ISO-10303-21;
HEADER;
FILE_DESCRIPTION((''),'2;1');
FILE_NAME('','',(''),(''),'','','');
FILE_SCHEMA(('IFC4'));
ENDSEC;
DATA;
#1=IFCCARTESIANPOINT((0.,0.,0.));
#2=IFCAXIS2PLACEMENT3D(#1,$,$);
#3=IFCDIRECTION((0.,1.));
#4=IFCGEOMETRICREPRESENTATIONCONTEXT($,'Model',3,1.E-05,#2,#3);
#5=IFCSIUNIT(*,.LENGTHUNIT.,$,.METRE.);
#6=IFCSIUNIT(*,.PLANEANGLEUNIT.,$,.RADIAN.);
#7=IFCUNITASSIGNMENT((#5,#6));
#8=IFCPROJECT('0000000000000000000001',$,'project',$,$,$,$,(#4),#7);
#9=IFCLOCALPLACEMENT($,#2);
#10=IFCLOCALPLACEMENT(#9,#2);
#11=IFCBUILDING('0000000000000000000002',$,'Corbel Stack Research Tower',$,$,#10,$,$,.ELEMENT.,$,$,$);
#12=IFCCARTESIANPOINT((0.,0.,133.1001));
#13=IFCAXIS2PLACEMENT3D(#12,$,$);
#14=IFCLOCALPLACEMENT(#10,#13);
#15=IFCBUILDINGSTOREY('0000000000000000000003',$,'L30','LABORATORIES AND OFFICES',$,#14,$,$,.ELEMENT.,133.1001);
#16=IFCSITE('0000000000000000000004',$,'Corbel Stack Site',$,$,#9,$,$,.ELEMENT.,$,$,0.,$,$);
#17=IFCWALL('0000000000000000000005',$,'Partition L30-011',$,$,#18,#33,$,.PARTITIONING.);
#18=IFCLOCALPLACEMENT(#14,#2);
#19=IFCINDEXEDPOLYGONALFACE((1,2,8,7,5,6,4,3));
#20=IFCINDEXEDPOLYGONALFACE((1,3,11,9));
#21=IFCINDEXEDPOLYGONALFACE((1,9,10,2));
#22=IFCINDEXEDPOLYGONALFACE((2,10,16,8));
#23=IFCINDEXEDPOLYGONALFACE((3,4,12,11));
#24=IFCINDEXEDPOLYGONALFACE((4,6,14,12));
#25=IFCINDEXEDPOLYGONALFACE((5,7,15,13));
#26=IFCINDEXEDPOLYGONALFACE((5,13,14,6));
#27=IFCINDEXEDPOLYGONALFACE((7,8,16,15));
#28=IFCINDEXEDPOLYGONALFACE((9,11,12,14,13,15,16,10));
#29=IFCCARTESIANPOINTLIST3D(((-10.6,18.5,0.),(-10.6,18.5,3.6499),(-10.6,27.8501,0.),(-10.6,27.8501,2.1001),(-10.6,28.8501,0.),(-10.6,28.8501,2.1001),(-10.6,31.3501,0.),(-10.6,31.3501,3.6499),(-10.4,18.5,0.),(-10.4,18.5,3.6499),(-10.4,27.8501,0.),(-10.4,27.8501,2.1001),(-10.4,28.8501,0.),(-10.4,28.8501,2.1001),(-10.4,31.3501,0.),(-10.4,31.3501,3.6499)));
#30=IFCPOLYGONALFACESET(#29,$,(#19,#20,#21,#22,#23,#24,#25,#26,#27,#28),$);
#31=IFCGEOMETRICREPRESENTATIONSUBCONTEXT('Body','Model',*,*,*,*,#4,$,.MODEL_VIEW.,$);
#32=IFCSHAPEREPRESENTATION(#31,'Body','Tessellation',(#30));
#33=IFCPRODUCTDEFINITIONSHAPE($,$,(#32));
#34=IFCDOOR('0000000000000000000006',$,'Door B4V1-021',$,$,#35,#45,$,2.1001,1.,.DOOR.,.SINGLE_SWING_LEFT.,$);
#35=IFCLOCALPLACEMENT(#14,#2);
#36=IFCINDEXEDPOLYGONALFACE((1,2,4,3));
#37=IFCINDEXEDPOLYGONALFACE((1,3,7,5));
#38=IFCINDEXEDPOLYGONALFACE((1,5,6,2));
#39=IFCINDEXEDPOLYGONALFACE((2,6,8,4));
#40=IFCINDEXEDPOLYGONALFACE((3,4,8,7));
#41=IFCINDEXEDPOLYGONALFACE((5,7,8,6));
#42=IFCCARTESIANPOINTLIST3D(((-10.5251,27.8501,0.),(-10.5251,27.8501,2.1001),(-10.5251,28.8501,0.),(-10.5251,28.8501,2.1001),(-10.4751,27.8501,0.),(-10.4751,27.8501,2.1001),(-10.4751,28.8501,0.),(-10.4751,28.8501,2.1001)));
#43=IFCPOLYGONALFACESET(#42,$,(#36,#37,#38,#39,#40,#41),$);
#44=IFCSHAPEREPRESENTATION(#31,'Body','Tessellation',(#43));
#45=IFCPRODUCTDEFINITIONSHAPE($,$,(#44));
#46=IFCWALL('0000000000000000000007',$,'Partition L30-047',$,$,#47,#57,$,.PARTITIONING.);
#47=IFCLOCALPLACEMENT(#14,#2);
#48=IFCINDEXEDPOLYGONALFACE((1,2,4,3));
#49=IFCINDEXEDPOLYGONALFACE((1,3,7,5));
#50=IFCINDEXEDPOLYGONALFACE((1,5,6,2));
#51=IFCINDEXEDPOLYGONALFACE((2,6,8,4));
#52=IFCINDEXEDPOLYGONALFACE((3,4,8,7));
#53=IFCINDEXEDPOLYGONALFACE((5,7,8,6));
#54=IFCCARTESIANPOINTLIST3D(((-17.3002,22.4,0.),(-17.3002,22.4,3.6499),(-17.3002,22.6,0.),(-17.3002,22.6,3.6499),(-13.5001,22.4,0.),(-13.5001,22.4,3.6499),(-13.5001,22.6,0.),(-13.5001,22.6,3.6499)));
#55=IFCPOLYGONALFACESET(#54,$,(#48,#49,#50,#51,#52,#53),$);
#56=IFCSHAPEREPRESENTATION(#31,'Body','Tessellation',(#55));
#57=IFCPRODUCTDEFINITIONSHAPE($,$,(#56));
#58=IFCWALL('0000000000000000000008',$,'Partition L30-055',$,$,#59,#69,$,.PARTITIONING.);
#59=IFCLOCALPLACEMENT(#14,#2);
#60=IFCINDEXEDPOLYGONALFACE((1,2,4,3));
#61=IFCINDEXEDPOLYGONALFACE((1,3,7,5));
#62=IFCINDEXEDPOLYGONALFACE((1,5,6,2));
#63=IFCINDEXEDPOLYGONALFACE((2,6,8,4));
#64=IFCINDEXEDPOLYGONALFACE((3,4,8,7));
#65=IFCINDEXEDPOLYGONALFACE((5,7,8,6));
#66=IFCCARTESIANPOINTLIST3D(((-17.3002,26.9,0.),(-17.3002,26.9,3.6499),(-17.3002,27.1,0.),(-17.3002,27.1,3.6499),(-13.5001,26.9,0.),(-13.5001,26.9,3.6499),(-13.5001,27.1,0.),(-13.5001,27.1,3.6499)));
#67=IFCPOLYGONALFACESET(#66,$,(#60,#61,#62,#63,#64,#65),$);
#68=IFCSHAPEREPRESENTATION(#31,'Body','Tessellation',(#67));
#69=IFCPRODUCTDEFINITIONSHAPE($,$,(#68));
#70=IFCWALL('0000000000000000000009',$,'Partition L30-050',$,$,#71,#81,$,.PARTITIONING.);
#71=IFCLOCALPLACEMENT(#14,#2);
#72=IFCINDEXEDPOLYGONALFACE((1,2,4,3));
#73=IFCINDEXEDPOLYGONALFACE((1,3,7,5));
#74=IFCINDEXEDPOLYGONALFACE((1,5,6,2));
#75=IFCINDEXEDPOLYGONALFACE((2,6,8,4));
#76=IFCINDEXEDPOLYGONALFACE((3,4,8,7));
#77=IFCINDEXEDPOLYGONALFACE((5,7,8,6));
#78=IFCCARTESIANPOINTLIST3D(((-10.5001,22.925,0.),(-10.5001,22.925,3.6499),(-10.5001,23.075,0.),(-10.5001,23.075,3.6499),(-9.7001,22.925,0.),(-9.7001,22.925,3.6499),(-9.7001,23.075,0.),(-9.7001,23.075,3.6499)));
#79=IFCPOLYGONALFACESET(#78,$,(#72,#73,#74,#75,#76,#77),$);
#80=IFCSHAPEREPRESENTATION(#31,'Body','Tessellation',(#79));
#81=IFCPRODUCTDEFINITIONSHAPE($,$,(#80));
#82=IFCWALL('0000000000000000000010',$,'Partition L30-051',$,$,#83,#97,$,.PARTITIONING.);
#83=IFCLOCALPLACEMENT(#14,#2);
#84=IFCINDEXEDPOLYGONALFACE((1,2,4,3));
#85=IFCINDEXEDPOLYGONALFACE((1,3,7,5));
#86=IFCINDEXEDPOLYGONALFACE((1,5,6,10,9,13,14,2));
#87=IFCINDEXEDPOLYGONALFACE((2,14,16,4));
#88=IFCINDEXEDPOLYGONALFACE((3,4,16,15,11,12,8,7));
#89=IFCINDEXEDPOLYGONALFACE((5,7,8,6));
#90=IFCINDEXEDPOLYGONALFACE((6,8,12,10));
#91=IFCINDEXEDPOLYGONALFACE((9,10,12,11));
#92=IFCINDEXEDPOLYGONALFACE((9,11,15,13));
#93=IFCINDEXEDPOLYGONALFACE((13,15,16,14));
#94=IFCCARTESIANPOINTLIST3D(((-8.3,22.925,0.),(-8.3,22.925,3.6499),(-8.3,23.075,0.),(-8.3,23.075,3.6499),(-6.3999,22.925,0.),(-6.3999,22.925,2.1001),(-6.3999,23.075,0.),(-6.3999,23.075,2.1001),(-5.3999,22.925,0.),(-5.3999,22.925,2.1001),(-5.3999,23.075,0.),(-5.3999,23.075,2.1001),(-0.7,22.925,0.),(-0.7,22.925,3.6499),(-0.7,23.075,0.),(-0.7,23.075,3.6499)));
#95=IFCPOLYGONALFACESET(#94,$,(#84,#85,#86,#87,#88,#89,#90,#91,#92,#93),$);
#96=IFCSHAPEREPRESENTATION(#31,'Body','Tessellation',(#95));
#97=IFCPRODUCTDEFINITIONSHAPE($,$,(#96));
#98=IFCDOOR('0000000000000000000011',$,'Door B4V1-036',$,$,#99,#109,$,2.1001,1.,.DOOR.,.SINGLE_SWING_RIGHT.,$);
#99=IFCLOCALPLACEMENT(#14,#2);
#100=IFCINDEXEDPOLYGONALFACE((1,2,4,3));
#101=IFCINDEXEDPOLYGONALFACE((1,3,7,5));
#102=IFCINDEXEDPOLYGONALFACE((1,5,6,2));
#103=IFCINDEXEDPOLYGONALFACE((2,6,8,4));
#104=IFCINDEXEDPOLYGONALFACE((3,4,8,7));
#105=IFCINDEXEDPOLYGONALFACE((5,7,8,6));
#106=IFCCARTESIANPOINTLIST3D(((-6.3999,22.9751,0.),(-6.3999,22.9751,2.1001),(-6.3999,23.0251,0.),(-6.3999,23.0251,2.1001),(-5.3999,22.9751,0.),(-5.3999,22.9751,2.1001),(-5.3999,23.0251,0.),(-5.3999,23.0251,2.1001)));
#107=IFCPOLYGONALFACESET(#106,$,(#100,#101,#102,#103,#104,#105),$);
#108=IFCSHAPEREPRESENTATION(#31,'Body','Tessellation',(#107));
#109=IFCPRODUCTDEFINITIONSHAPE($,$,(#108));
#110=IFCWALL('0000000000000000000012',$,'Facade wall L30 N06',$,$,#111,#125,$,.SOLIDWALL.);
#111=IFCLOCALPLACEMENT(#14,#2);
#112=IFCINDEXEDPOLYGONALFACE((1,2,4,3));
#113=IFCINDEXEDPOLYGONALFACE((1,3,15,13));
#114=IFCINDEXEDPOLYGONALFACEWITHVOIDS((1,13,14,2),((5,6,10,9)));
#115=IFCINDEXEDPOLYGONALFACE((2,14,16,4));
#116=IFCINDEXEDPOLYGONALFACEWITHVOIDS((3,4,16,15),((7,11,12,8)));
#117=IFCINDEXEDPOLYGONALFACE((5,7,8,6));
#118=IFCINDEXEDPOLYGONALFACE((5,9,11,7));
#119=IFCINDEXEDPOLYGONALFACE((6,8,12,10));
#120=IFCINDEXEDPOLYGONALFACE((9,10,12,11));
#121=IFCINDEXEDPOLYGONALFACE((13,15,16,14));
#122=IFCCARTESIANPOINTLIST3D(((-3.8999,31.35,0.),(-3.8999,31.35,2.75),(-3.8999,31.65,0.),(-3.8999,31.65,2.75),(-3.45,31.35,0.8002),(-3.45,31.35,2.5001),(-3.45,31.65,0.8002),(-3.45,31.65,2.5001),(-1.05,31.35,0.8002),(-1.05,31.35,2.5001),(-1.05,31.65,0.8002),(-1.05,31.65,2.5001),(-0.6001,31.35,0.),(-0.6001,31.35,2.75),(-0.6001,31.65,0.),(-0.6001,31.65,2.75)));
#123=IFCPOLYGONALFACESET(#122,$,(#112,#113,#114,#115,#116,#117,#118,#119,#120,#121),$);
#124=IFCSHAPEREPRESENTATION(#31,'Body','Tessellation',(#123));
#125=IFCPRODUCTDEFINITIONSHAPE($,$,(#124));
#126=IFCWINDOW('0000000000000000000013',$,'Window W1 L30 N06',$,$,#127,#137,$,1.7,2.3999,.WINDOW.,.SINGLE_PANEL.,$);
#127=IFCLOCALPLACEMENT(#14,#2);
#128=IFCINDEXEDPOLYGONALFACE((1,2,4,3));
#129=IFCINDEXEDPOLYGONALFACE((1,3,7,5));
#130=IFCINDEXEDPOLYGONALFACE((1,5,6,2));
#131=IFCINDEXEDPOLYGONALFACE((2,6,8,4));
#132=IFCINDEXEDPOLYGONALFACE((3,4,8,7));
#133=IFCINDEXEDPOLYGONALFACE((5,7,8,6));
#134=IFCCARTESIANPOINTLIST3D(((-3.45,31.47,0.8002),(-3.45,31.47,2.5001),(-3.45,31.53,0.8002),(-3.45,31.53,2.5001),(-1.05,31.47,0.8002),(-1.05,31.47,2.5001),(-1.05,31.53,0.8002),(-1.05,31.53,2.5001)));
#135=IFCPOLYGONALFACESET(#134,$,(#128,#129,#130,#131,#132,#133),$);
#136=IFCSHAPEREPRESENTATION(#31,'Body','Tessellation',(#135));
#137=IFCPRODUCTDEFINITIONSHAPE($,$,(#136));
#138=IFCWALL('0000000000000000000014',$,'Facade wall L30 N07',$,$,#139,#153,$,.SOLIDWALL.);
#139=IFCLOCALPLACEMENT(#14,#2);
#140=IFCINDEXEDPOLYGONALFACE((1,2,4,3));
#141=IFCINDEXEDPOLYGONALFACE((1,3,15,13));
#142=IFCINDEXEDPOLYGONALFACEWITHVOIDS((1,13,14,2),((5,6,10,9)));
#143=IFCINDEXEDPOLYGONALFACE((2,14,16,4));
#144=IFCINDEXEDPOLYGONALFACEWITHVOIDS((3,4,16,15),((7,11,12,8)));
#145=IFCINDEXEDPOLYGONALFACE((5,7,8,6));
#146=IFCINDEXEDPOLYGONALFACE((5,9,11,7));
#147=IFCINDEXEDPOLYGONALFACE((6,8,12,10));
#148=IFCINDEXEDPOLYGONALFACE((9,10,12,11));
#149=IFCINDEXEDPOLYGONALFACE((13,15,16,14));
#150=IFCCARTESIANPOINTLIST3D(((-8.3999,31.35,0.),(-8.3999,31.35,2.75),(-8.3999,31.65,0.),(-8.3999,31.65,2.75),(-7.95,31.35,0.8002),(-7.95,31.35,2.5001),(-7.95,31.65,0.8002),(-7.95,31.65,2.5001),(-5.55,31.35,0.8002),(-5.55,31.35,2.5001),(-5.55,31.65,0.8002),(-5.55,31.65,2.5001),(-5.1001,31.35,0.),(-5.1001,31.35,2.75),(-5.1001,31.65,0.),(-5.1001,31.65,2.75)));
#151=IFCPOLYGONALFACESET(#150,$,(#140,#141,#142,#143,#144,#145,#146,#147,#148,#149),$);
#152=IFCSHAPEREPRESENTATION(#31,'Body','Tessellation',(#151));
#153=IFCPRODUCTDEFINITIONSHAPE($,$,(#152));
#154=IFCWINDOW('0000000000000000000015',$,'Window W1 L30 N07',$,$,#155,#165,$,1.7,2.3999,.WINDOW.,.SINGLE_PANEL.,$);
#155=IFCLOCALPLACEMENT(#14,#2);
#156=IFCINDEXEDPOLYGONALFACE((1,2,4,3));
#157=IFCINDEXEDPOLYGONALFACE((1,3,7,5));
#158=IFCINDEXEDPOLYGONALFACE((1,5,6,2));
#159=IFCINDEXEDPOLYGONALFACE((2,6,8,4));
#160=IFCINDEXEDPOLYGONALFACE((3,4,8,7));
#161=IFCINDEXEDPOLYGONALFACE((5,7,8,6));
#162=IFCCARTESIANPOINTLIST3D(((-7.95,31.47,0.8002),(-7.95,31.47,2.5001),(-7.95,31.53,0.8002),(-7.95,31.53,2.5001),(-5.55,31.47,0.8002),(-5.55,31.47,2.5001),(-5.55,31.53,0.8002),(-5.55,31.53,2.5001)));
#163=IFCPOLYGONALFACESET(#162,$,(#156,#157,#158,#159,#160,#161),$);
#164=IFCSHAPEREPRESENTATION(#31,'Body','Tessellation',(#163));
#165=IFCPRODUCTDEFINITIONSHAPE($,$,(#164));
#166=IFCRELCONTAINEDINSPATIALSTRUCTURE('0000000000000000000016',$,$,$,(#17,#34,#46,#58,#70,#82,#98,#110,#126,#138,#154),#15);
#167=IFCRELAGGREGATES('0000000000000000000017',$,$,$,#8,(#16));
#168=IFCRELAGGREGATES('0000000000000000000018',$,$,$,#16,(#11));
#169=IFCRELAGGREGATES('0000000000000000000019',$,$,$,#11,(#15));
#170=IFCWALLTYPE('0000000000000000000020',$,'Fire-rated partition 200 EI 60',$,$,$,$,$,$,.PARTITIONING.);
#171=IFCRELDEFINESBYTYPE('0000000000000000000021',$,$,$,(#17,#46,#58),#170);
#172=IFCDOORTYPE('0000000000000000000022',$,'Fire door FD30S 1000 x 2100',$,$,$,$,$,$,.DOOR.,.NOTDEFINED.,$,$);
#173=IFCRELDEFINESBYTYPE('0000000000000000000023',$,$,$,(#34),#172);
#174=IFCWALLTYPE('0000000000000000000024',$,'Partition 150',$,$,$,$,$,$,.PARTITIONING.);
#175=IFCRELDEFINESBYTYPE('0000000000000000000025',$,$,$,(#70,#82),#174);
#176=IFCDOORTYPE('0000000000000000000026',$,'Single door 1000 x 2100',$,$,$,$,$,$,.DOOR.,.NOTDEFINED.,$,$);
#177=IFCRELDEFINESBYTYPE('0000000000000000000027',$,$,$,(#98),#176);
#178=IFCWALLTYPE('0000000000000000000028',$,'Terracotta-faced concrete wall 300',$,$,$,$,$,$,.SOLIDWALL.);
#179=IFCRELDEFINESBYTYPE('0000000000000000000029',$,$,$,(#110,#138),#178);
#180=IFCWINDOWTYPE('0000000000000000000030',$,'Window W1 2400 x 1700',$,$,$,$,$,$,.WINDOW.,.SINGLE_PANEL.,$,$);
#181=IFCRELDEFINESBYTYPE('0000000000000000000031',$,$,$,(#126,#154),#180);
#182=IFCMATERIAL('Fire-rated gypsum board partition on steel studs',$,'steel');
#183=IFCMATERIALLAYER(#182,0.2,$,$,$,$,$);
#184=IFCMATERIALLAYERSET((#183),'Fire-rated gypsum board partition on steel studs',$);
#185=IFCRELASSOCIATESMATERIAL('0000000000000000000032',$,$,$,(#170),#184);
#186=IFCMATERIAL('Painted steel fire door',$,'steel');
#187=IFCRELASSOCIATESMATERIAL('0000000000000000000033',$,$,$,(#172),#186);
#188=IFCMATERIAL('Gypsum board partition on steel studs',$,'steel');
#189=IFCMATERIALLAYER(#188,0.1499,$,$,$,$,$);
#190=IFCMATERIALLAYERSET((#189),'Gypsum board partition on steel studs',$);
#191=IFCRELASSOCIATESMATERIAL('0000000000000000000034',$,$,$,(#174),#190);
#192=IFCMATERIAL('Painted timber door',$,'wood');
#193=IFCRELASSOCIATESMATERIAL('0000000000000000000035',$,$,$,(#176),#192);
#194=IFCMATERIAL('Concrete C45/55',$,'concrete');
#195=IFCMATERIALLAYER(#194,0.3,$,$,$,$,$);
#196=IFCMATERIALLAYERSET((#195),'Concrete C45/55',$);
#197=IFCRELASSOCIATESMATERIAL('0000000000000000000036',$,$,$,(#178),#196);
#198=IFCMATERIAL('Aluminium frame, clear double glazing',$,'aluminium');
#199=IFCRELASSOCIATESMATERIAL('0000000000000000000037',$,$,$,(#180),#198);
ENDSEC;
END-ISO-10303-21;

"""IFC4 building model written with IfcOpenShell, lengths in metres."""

from ifc_helpers import new_model, si_unit, direction, frame, frame_2d, origin, place, context, subcontext, project, spatial, rectangle, extrude, material, layer, layer_set, type_object, element, fill, save


model = new_model("IFC4")

# Units and contexts
model_context = context("Model", 3, precision=1e-05, world=origin(), true_north=direction((0.0, 1.0)))
body_context = subcontext(model_context, "Body", "Model", "MODEL_VIEW")
ifc_project = project(units=[si_unit("LENGTHUNIT", "METRE"), si_unit("PLANEANGLEUNIT", "RADIAN")], contexts=[model_context])

# Site, building, storey
site_placement = place(None, origin())
site = spatial("IfcSite", under=ifc_project, at=site_placement, Name="Corbel Stack Site", CompositionType="ELEMENT", RefElevation=0.0)
building_placement = place(site_placement, origin())
building = spatial("IfcBuilding", under=site, at=building_placement, Name="Corbel Stack Research Tower", CompositionType="ELEMENT")
storey_placement = place(building_placement, frame((0.0, 0.0, 133.1001)))
storey = spatial("IfcBuildingStorey", under=building, at=storey_placement, Name="L30", Description="LABORATORIES AND OFFICES", CompositionType="ELEMENT", Elevation=133.1001)

# Wall, opening, door
ifc_material_1 = material(Name="Fire-rated gypsum board partition on steel studs", Category="steel")
ifc_layer_1 = layer(ifc_material_1, 0.2)
ifc_layer_set_1 = layer_set([ifc_layer_1], Name="Fire-rated gypsum board partition on steel studs")
wall_type_1 = type_object("IfcWallType", Name="Fire-rated partition 200 EI 60", PredefinedType="PARTITIONING", material=ifc_layer_set_1)
wall_1_placement = place(storey_placement, frame((-10.5, 31.3501, 0.0), z_axis=(0.0, 0.0, 1.0), x_axis=(0.0, -1.0, 0.0)))
wall_1 = element("IfcWall", 1, at=wall_1_placement, inside=storey, type_object=wall_type_1, Name="Partition L30-011", PredefinedType="PARTITIONING", context=body_context, shape_type="SweptSolid", body=[
    extrude(rectangle(XDim=12.8501, YDim=0.2, at=frame_2d((6.425, 0.0))), origin(), (0.0, 0.0, 1.0), 3.6499),
])
opening_1_placement = place(wall_1_placement, frame((2.5, 0.0, 0.0)))
opening_1 = element("IfcOpeningElement", 2, at=opening_1_placement, cuts=wall_1, PredefinedType="OPENING", context=body_context, shape_type="SweptSolid", body=[
    extrude(rectangle(XDim=1.0, YDim=2.1001, at=frame_2d((0.5, 1.05))), frame((0.0, 0.1099, 0.0), z_axis=(0.0, -1.0, 0.0), x_axis=(1.0, 0.0, 0.0)), (0.0, 0.0, 1.0), 0.22),
])
ifc_material_2 = material(Name="Painted steel fire door", Category="steel")
door_type_1 = type_object("IfcDoorType", Name="Fire door FD30S 1000 x 2100", OperationType="NOTDEFINED", PredefinedType="DOOR", material=ifc_material_2)
door_1_placement = place(opening_1_placement, origin())
door_1 = element("IfcDoor", 3, at=door_1_placement, inside=storey, type_object=door_type_1, Name="Door B4V1-021", OperationType="SINGLE_SWING_LEFT", OverallHeight=2.1001, OverallWidth=1.0, PredefinedType="DOOR", context=body_context, shape_type="SweptSolid", body=[
    extrude(rectangle(XDim=1.0, YDim=2.1001, at=frame_2d((0.5, 1.05))), frame((0.0, 0.0249, 0.0), z_axis=(0.0, -1.0, 0.0), x_axis=(1.0, 0.0, 0.0)), (0.0, 0.0, 1.0), 0.05),
])
fill(opening_1, door_1)

# Walls
for number, where, z_axis, x_axis, name in (
    (4, (-17.3, 22.5, 0.0), (0.0, 0.0, 1.0), (1.0, 0.0, 0.0), "Partition L30-047"),
    (5, (-17.3, 27.0, 0.0), (0.0, 0.0, 1.0), (1.0, 0.0, 0.0), "Partition L30-055"),
):
    element("IfcWall", number, at=place(storey_placement, frame(where, z_axis=z_axis, x_axis=x_axis)), inside=storey, type_object=wall_type_1, Name=name, PredefinedType="PARTITIONING", context=body_context, shape_type="SweptSolid", body=[
        extrude(rectangle(XDim=3.8, YDim=0.2, at=frame_2d((1.8999, 0.0))), origin(), (0.0, 0.0, 1.0), 3.6499),
    ])
ifc_material_3 = material(Name="Gypsum board partition on steel studs", Category="steel")
ifc_layer_2 = layer(ifc_material_3, 0.1499)
ifc_layer_set_2 = layer_set([ifc_layer_2], Name="Gypsum board partition on steel studs")
wall_type_2 = type_object("IfcWallType", Name="Partition 150", PredefinedType="PARTITIONING", material=ifc_layer_set_2)
wall_2_placement = place(storey_placement, frame((-10.5, 23.0, 0.0), z_axis=(0.0, 0.0, 1.0), x_axis=(1.0, 0.0, 0.0)))
element("IfcWall", 6, at=wall_2_placement, inside=storey, type_object=wall_type_2, Name="Partition L30-050", PredefinedType="PARTITIONING", context=body_context, shape_type="SweptSolid", body=[
    extrude(rectangle(XDim=0.8, YDim=0.1499, at=frame_2d((0.3999, 0.0))), origin(), (0.0, 0.0, 1.0), 3.6499),
])

# Wall, opening, door
wall_3_placement = place(storey_placement, frame((-0.7, 23.0, 0.0), z_axis=(0.0, 0.0, 1.0), x_axis=(-1.0, 0.0, 0.0)))
wall_3 = element("IfcWall", 7, at=wall_3_placement, inside=storey, type_object=wall_type_2, Name="Partition L30-051", PredefinedType="PARTITIONING", context=body_context, shape_type="SweptSolid", body=[
    extrude(rectangle(XDim=7.6001, YDim=0.1499, at=frame_2d((3.8, 0.0))), origin(), (0.0, 0.0, 1.0), 3.6499),
])
opening_2_placement = place(wall_3_placement, frame((4.7, 0.0, 0.0)))
opening_2 = element("IfcOpeningElement", 8, at=opening_2_placement, cuts=wall_3, PredefinedType="OPENING", context=body_context, shape_type="SweptSolid", body=[
    extrude(rectangle(XDim=1.0, YDim=2.1001, at=frame_2d((0.5, 1.05))), frame((0.0, 0.085, 0.0), z_axis=(0.0, -1.0, 0.0), x_axis=(1.0, 0.0, 0.0)), (0.0, 0.0, 1.0), 0.1699),
])
ifc_material_4 = material(Name="Painted timber door", Category="wood")
door_type_2 = type_object("IfcDoorType", Name="Single door 1000 x 2100", OperationType="NOTDEFINED", PredefinedType="DOOR", material=ifc_material_4)
door_2_placement = place(opening_2_placement, origin())
door_2 = element("IfcDoor", 9, at=door_2_placement, inside=storey, type_object=door_type_2, Name="Door B4V1-036", OperationType="SINGLE_SWING_RIGHT", OverallHeight=2.1001, OverallWidth=1.0, PredefinedType="DOOR", context=body_context, shape_type="SweptSolid", body=[
    extrude(rectangle(XDim=1.0, YDim=2.1001, at=frame_2d((0.5, 1.05))), frame((0.0, 0.0249, 0.0), z_axis=(0.0, -1.0, 0.0), x_axis=(1.0, 0.0, 0.0)), (0.0, 0.0, 1.0), 0.05),
])
fill(opening_2, door_2)

# Walls, openings, windows
ifc_material_5 = material(Name="Concrete C45/55", Category="concrete")
ifc_layer_3 = layer(ifc_material_5, 0.3)
ifc_layer_set_3 = layer_set([ifc_layer_3], Name="Concrete C45/55")
wall_type_3 = type_object("IfcWallType", Name="Terracotta-faced concrete wall 300", PredefinedType="SOLIDWALL", material=ifc_layer_set_3)
wall_4_placement = place(storey_placement, frame((-3.8999, 31.5, 0.0), z_axis=(0.0, 0.0, 1.0), x_axis=(1.0, 0.0, 0.0)))
wall_4 = element("IfcWall", 10, at=wall_4_placement, inside=storey, type_object=wall_type_3, Name="Facade wall L30 N06", PredefinedType="SOLIDWALL", context=body_context, shape_type="SweptSolid", body=[
    extrude(rectangle(XDim=3.2998, YDim=0.3, at=frame_2d((1.6499, 0.0))), origin(), (0.0, 0.0, 1.0), 2.75),
])
opening_3_placement = place(wall_4_placement, frame((0.45, 0.0, 0.8)))
opening_3 = element("IfcOpeningElement", 11, at=opening_3_placement, cuts=wall_4, PredefinedType="OPENING", context=body_context, shape_type="SweptSolid", body=[
    extrude(rectangle(XDim=2.3999, YDim=1.7, at=frame_2d((1.2, 0.8501))), frame((0.0, 0.1599, 0.0), z_axis=(0.0, -1.0, 0.0), x_axis=(1.0, 0.0, 0.0)), (0.0, 0.0, 1.0), 0.3201),
])
ifc_material_6 = material(Name="Aluminium frame, clear double glazing", Category="aluminium")
window_type_1 = type_object("IfcWindowType", Name="Window W1 2400 x 1700", PartitioningType="SINGLE_PANEL", PredefinedType="WINDOW", material=ifc_material_6)
window_1_placement = place(opening_3_placement, origin())
window_1 = element("IfcWindow", 12, at=window_1_placement, inside=storey, type_object=window_type_1, Name="Window W1 L30 N06", OverallHeight=1.7, OverallWidth=2.3999, PartitioningType="SINGLE_PANEL", PredefinedType="WINDOW", context=body_context, shape_type="SweptSolid", body=[
    extrude(rectangle(XDim=2.3999, YDim=1.7, at=frame_2d((1.2, 0.8501))), frame((0.0, 0.03, 0.0), z_axis=(0.0, -1.0, 0.0), x_axis=(1.0, 0.0, 0.0)), (0.0, 0.0, 1.0), 0.0601),
])
fill(opening_3, window_1)
wall_5_placement = place(storey_placement, frame((-8.3999, 31.5, 0.0), z_axis=(0.0, 0.0, 1.0), x_axis=(1.0, 0.0, 0.0)))
wall_5 = element("IfcWall", 13, at=wall_5_placement, inside=storey, type_object=wall_type_3, Name="Facade wall L30 N07", PredefinedType="SOLIDWALL", context=body_context, shape_type="SweptSolid", body=[
    extrude(rectangle(XDim=3.2998, YDim=0.3, at=frame_2d((1.6499, 0.0))), origin(), (0.0, 0.0, 1.0), 2.75),
])
opening_4_placement = place(wall_5_placement, frame((0.45, 0.0, 0.8)))
opening_4 = element("IfcOpeningElement", 14, at=opening_4_placement, cuts=wall_5, PredefinedType="OPENING", context=body_context, shape_type="SweptSolid", body=[
    extrude(rectangle(XDim=2.3999, YDim=1.7, at=frame_2d((1.2, 0.8501))), frame((0.0, 0.1599, 0.0), z_axis=(0.0, -1.0, 0.0), x_axis=(1.0, 0.0, 0.0)), (0.0, 0.0, 1.0), 0.3201),
])
window_2_placement = place(opening_4_placement, origin())
window_2 = element("IfcWindow", 15, at=window_2_placement, inside=storey, type_object=window_type_1, Name="Window W1 L30 N07", OverallHeight=1.7, OverallWidth=2.3999, PartitioningType="SINGLE_PANEL", PredefinedType="WINDOW", context=body_context, shape_type="SweptSolid", body=[
    extrude(rectangle(XDim=2.3999, YDim=1.7, at=frame_2d((1.2, 0.8501))), frame((0.0, 0.03, 0.0), z_axis=(0.0, -1.0, 0.0), x_axis=(1.0, 0.0, 0.0)), (0.0, 0.0, 1.0), 0.0601),
])
fill(opening_4, window_2)

save(model, "model.ifc")
